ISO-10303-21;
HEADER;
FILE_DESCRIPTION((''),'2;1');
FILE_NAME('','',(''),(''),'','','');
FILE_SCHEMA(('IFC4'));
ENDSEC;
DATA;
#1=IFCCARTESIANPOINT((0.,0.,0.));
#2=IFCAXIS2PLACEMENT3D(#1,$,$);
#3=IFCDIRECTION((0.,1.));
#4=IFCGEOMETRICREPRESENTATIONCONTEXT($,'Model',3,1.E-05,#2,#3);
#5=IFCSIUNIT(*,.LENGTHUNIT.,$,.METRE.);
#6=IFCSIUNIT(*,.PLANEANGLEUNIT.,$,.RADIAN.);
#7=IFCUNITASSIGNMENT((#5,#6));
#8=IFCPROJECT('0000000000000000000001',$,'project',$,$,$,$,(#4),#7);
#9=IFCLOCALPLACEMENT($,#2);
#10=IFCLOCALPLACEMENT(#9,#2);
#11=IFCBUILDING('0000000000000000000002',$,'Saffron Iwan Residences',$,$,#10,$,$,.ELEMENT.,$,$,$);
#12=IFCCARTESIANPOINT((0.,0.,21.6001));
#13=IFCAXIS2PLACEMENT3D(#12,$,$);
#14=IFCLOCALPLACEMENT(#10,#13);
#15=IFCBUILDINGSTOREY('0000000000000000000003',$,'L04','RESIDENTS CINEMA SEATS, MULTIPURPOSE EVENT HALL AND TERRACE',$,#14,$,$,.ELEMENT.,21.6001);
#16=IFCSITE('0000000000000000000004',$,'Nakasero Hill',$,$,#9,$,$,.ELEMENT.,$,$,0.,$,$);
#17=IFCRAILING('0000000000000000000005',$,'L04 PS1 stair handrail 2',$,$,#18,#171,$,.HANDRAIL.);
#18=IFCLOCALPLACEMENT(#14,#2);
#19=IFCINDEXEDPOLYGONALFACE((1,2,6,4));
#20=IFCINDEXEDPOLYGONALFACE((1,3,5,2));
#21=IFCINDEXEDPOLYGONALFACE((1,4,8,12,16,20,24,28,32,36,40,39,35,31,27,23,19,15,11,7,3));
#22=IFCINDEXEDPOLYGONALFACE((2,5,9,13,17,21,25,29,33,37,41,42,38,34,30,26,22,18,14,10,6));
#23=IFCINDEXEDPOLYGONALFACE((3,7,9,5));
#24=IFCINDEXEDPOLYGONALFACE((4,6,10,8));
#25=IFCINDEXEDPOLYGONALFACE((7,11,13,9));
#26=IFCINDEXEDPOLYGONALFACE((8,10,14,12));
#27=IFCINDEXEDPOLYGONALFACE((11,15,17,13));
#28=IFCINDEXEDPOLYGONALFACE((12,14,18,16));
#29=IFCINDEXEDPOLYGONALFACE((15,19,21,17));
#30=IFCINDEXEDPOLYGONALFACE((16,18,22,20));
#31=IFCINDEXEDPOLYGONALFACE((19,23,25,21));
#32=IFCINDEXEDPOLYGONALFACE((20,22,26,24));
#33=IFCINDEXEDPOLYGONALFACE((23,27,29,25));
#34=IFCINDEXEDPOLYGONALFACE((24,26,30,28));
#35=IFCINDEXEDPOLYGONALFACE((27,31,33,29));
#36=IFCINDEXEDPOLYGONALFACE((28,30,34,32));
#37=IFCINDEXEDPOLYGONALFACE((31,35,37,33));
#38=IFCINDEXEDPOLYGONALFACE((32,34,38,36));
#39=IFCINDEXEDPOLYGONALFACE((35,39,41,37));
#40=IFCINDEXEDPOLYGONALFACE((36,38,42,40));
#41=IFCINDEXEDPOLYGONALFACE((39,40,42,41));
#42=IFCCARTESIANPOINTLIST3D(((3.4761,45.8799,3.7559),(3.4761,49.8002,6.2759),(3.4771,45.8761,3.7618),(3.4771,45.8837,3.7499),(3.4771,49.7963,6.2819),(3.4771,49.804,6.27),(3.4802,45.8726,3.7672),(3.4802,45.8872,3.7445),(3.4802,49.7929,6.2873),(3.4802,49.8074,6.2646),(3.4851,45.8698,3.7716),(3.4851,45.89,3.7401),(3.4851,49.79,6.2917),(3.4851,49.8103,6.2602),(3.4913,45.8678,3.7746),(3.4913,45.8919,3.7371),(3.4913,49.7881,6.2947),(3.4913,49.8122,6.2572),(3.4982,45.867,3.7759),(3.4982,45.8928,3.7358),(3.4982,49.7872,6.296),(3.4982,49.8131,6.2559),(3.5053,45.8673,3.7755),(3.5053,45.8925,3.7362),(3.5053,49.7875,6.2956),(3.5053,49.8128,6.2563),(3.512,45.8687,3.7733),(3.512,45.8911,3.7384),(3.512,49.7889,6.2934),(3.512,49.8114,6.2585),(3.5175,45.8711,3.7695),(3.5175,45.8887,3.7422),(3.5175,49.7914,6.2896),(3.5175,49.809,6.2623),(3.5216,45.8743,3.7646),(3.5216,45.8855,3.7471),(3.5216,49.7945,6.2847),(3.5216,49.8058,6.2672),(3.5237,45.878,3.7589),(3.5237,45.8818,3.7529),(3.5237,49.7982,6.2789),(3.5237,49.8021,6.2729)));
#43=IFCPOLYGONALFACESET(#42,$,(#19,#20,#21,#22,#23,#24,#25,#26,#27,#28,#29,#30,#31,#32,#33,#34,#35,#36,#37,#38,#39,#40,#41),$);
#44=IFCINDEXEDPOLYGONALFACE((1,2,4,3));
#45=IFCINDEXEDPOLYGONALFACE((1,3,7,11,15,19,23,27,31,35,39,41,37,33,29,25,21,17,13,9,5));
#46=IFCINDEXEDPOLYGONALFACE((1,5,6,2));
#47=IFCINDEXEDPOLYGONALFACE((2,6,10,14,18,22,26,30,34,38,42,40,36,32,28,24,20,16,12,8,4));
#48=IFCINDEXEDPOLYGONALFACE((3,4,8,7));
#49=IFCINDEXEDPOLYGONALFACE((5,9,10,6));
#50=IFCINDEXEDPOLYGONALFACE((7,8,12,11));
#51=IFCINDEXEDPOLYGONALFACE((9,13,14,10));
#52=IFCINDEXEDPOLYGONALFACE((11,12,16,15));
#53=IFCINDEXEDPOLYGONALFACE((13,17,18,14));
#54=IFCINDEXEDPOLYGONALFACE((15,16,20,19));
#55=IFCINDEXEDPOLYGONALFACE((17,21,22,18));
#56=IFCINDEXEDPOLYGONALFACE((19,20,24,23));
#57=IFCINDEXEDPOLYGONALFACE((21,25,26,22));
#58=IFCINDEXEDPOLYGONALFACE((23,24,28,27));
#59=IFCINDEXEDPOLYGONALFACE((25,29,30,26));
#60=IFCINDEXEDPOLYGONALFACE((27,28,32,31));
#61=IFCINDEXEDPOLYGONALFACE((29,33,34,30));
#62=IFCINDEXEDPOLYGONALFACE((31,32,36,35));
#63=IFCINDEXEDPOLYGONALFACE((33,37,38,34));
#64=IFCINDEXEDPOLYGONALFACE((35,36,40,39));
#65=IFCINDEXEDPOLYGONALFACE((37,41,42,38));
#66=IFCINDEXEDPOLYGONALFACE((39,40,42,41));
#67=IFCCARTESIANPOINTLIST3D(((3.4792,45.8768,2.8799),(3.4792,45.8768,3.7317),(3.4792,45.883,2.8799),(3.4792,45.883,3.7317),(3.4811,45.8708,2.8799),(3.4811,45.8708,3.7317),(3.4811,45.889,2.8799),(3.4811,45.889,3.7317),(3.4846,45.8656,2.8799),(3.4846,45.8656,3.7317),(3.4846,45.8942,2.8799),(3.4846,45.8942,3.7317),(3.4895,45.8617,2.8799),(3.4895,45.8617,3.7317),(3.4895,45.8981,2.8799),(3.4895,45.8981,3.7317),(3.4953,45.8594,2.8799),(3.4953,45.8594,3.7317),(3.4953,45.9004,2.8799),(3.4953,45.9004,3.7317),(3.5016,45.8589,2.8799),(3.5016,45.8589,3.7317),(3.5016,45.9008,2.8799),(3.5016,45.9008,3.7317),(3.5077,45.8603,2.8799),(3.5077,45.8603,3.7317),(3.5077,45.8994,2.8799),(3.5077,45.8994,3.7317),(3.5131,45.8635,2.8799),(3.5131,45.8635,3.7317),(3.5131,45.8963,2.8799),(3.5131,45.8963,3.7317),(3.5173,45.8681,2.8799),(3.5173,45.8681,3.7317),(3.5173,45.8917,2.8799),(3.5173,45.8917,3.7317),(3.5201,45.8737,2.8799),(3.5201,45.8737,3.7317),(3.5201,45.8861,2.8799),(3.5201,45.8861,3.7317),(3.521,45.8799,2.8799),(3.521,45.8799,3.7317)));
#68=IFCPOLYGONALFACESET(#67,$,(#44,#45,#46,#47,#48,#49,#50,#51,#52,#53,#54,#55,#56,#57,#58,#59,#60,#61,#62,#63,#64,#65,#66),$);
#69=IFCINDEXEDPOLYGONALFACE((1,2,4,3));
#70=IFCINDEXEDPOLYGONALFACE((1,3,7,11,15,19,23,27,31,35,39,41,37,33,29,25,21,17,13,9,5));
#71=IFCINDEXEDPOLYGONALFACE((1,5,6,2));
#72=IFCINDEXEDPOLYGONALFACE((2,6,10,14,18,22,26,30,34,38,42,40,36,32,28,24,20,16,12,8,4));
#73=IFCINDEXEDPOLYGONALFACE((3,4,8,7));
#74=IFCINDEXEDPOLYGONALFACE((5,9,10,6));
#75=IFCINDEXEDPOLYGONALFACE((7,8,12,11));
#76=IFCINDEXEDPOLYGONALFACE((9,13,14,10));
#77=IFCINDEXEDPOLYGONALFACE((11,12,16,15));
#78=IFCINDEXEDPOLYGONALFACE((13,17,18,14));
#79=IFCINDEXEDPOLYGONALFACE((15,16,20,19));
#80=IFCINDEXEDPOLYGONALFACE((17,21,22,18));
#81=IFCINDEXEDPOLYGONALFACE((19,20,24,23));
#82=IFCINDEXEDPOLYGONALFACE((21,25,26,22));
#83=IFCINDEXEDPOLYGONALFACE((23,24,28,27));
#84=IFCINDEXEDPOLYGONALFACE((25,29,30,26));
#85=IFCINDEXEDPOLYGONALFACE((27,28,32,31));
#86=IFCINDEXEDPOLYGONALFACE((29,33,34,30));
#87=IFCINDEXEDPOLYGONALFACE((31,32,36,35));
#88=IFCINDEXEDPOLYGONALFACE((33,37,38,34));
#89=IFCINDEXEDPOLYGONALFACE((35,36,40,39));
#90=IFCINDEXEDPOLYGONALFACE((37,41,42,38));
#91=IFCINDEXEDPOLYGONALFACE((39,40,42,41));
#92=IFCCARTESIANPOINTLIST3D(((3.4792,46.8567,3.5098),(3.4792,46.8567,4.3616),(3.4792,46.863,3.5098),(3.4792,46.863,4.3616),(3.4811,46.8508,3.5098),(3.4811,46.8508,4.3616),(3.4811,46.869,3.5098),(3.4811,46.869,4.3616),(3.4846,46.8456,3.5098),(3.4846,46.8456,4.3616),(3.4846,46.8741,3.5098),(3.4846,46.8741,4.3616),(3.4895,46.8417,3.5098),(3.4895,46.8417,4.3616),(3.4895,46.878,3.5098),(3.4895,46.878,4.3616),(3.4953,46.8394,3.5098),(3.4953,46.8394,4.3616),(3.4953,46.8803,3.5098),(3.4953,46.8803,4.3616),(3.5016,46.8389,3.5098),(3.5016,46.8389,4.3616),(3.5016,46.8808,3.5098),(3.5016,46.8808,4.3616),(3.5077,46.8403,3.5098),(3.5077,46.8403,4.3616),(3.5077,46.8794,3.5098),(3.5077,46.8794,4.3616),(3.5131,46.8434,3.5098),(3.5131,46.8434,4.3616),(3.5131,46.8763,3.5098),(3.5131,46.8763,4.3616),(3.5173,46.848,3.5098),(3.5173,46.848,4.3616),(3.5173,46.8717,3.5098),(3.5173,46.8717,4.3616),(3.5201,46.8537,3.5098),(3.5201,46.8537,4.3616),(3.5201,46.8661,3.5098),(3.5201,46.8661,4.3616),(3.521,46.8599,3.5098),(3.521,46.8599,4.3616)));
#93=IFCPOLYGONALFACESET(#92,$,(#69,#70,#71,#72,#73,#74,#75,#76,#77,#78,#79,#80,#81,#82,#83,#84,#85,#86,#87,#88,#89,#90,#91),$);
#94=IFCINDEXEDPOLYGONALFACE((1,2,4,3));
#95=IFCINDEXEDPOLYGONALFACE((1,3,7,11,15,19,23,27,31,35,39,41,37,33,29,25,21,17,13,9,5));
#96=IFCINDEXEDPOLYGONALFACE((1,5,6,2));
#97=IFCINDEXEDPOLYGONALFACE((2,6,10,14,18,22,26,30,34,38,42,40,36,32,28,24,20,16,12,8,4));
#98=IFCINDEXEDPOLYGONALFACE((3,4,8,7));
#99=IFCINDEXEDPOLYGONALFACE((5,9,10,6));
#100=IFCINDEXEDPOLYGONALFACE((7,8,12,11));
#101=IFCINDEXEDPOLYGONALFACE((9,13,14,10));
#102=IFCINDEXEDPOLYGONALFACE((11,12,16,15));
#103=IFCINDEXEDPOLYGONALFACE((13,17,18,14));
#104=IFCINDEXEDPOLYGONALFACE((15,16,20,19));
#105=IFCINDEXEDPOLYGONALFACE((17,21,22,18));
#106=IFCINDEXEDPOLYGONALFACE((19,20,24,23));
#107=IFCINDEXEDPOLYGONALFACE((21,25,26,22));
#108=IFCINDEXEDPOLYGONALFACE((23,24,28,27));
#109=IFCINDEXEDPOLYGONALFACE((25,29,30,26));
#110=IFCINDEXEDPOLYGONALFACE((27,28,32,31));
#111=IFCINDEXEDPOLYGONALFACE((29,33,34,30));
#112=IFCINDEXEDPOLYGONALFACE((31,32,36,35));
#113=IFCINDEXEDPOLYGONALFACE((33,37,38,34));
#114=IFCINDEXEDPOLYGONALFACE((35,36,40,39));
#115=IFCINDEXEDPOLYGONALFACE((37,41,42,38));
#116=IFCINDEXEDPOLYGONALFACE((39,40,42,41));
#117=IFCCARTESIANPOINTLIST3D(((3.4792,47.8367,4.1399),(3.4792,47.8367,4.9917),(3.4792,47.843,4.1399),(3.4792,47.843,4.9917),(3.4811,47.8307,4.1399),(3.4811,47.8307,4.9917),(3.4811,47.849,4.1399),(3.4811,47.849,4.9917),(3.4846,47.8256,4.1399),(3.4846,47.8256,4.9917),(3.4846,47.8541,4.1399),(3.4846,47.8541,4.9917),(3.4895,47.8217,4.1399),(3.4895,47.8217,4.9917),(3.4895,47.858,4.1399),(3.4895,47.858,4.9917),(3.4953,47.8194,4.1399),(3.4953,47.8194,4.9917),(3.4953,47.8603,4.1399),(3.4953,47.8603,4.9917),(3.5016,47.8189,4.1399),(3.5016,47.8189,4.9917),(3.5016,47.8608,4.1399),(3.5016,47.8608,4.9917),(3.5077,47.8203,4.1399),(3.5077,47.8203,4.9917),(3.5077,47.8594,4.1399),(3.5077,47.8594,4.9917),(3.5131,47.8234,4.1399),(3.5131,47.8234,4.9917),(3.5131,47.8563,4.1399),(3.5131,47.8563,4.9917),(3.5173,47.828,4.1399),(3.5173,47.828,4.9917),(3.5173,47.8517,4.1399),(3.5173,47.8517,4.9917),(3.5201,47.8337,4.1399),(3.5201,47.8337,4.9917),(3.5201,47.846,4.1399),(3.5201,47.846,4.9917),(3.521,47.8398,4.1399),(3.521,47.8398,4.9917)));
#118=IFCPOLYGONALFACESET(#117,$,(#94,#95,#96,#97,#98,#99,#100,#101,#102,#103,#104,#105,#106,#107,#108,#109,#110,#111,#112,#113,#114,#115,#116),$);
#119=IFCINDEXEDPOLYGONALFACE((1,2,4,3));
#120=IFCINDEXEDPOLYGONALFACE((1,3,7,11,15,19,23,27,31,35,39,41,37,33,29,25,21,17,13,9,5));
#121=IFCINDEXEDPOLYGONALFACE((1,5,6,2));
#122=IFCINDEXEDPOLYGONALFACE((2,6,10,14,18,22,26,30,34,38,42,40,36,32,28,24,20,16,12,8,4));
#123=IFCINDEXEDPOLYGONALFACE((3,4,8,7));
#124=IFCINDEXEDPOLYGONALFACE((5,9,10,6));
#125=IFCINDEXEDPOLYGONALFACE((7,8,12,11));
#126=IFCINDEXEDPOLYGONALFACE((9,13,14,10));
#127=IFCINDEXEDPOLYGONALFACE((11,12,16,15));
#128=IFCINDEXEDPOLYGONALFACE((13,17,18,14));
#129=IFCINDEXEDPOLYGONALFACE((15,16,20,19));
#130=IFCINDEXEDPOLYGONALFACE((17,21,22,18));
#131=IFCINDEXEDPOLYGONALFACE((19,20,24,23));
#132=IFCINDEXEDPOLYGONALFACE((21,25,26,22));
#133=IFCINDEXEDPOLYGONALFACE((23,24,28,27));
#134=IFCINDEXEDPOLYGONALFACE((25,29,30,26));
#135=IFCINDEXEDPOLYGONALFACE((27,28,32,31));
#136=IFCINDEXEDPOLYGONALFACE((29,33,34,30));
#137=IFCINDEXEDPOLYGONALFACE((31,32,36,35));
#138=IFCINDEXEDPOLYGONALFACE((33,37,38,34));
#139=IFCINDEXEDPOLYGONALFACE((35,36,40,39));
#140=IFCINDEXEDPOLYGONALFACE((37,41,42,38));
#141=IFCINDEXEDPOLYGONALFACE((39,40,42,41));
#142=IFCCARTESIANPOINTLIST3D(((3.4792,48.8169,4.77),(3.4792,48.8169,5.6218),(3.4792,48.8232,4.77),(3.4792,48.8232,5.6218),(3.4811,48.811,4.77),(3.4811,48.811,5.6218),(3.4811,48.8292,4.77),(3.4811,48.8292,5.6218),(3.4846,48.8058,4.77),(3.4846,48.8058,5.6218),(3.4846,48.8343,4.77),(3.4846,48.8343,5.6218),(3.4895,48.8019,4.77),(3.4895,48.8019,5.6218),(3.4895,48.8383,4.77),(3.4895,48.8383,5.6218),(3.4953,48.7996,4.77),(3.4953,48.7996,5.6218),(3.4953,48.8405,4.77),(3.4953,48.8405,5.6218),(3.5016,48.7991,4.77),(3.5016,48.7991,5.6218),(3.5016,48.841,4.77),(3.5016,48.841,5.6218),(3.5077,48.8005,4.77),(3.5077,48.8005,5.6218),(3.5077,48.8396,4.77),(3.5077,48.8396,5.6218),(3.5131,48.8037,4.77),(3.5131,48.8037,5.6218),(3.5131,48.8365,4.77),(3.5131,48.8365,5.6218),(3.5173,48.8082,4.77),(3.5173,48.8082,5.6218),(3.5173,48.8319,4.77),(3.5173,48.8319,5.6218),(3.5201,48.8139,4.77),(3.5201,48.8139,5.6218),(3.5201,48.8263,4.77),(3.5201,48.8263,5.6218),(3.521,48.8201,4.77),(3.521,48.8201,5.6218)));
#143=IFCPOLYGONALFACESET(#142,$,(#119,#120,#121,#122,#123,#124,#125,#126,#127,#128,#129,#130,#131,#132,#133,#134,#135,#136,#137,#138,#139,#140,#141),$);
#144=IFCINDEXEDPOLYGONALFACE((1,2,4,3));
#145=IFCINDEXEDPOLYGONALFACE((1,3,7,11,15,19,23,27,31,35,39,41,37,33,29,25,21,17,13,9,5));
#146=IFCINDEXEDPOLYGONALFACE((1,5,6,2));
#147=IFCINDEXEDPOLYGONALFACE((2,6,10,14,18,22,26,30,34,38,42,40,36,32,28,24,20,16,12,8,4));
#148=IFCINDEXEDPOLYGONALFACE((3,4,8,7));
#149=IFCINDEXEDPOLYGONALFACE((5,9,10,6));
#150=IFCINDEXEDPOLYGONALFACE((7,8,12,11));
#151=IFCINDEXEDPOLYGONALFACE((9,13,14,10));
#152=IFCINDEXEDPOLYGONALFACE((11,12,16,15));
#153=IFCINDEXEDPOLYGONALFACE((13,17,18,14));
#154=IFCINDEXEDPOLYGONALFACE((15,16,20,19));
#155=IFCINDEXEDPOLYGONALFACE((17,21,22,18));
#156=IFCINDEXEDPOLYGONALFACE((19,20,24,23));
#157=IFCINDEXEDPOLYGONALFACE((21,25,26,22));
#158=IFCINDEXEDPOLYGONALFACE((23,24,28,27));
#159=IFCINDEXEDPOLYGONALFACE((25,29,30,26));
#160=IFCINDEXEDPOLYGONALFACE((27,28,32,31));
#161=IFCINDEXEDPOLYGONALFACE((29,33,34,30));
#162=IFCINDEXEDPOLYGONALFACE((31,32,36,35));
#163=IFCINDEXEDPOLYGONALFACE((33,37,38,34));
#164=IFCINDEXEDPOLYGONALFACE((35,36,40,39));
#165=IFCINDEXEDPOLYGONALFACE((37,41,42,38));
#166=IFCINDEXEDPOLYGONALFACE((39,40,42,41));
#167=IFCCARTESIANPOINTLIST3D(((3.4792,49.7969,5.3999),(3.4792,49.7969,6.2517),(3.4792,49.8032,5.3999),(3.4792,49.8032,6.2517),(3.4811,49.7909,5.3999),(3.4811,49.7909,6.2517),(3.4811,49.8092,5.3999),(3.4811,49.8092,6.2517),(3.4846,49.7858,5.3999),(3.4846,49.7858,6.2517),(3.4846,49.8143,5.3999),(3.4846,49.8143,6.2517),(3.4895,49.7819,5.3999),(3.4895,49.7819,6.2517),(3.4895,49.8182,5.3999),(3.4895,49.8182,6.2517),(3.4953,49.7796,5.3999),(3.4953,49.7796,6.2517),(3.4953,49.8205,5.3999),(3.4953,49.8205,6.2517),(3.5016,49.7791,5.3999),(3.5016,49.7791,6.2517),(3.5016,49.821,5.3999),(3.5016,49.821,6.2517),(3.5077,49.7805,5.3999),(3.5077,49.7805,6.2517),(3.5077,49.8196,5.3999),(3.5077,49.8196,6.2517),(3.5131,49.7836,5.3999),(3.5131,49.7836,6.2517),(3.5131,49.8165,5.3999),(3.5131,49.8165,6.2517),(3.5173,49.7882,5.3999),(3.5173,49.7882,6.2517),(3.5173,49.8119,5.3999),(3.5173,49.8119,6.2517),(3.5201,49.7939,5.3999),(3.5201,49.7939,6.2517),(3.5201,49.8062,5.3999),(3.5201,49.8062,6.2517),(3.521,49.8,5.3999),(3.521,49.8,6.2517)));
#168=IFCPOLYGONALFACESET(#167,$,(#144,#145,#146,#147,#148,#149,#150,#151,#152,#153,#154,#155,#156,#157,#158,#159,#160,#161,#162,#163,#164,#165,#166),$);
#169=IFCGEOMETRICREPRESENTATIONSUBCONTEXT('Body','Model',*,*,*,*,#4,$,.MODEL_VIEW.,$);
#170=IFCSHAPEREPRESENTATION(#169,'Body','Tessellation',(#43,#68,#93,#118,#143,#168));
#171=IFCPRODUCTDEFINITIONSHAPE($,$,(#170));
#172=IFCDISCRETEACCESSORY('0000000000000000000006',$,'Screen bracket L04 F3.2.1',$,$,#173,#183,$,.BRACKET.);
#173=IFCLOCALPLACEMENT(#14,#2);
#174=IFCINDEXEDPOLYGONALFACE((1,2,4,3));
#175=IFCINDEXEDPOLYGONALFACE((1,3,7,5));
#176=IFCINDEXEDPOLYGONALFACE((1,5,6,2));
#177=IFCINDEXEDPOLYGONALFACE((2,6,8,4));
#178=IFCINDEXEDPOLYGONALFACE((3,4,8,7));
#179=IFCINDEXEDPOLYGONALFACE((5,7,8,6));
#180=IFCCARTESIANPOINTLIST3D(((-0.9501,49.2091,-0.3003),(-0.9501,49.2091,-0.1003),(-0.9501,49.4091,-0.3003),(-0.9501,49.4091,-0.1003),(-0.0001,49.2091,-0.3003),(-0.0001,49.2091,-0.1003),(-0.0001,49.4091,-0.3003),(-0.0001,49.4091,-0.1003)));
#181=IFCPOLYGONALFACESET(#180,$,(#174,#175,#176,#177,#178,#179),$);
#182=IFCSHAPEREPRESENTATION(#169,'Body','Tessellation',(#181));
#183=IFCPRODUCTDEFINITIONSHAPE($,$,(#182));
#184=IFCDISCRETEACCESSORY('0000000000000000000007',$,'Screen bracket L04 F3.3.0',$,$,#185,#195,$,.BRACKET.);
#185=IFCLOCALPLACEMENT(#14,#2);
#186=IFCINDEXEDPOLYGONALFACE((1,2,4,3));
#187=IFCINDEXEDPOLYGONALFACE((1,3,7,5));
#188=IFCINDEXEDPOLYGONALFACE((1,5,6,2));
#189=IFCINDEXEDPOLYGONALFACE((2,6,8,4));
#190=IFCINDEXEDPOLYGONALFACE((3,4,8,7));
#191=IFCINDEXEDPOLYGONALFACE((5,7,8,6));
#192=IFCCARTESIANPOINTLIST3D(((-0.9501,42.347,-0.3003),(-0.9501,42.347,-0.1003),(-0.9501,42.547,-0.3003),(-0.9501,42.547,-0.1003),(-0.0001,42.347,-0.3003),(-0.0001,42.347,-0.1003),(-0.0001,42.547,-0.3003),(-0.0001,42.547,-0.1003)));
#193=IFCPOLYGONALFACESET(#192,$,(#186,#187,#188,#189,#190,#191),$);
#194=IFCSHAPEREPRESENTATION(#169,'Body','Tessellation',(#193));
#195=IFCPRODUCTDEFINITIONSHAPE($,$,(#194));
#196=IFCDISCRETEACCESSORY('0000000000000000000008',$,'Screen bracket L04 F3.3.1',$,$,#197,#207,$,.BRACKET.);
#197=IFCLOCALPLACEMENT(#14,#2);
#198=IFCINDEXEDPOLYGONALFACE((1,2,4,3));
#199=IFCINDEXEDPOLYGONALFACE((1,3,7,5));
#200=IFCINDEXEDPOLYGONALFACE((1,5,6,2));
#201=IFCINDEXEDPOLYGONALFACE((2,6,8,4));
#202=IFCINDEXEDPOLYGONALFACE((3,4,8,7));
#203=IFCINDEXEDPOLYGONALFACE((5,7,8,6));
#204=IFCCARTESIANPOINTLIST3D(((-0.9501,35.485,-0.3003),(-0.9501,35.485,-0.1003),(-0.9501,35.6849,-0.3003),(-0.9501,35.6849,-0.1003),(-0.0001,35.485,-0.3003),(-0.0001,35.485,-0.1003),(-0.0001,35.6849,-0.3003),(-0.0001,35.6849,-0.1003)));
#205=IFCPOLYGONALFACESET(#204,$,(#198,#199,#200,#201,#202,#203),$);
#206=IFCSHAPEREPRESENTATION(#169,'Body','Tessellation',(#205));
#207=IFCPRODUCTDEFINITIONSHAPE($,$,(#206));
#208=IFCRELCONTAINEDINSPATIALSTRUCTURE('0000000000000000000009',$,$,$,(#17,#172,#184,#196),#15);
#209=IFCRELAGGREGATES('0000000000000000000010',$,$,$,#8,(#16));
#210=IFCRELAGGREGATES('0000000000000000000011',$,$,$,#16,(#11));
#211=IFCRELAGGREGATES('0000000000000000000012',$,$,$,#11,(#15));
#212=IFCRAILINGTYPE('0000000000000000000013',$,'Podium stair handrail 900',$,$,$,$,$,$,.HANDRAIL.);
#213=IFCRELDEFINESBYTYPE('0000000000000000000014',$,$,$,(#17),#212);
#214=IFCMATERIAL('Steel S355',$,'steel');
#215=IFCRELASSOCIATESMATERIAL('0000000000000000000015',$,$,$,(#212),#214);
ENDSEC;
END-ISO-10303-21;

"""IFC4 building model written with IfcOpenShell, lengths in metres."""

from ifc_helpers import new_model, si_unit, direction, frame, origin, origin_2d, place, context, subcontext, project, spatial, rectangle, circle, extrude, source, transform, mapped, material, type_object, element, save


model = new_model("IFC4")

# Units and contexts
model_context = context("Model", 3, precision=1e-05, world=origin(), true_north=direction((0.0, 1.0)))
body_context = subcontext(model_context, "Body", "Model", "MODEL_VIEW")
ifc_project = project(units=[si_unit("LENGTHUNIT", "METRE"), si_unit("PLANEANGLEUNIT", "RADIAN")], contexts=[model_context])

# Site, building, storey
site_placement = place(None, origin())
site = spatial("IfcSite", under=ifc_project, at=site_placement, Name="Nakasero Hill", CompositionType="ELEMENT", RefElevation=0.0)
building_placement = place(site_placement, origin())
building = spatial("IfcBuilding", under=site, at=building_placement, Name="Saffron Iwan Residences", CompositionType="ELEMENT")
storey_placement = place(building_placement, frame((0.0, 0.0, 21.6001)))
storey = spatial("IfcBuildingStorey", under=building, at=storey_placement, Name="L04", Description="RESIDENTS CINEMA SEATS, MULTIPURPOSE EVENT HALL AND TERRACE", CompositionType="ELEMENT", Elevation=21.6001)

# Railing
ifc_material_1 = material(Name="Steel S355", Category="steel")
railing_type_1 = type_object("IfcRailingType", Name="Podium stair handrail 900", PredefinedType="HANDRAIL", material=ifc_material_1)
railing_1_placement = place(storey_placement, frame((3.5, 45.8799, 2.8799)))
element("IfcRailing", 1, at=railing_1_placement, inside=storey, type_object=railing_type_1, Name="L04 PS1 stair handrail 2", PredefinedType="HANDRAIL", context=body_context, shape_type="SweptSolid", body=[
    extrude(circle(Radius=0.0239, at=origin_2d()), frame((0.0, 0.0, 0.876), z_axis=(0.0, 0.841187, 0.540744), x_axis=(-1.0, 0.0, 0.0)), (0.0, 0.0, 1.0), 4.6604),
    extrude(circle(Radius=0.021, at=origin_2d()), origin(), (0.0, 0.0, 1.0), 0.8518),
    extrude(circle(Radius=0.021, at=origin_2d()), frame((0.0, 0.98, 0.6299)), (0.0, 0.0, 1.0), 0.8518),
    extrude(circle(Radius=0.021, at=origin_2d()), frame((0.0, 1.96, 1.26)), (0.0, 0.0, 1.0), 0.8518),
    extrude(circle(Radius=0.021, at=origin_2d()), frame((0.0, 2.9402, 1.8901)), (0.0, 0.0, 1.0), 0.8518),
    extrude(circle(Radius=0.021, at=origin_2d()), frame((0.0, 3.9202, 2.52)), (0.0, 0.0, 1.0), 0.8518),
])

# Discrete accessories
shared_shape_1 = source(origin(), body_context, "Body", "SweptSolid", [
    extrude(rectangle(XDim=0.95, YDim=0.2, at=origin_2d()), origin(), (0.0, 0.0, 1.0), 0.2),
])
for number, where, z_axis, x_axis, name in (
    (2, (-0.4751, 49.3091, -0.3003), (0.0, 0.0, 1.0), (-1.0, 0.0, 0.0), "Screen bracket L04 F3.2.1"),
    (3, (-0.4751, 42.447, -0.3003), (0.0, 0.0, 1.0), (-1.0, 0.0, 0.0), "Screen bracket L04 F3.3.0"),
    (4, (-0.4751, 35.585, -0.3003), (0.0, 0.0, 1.0), (-1.0, 0.0, 0.0), "Screen bracket L04 F3.3.1"),
):
    element("IfcDiscreteAccessory", number, at=place(storey_placement, frame(where, z_axis=z_axis, x_axis=x_axis)), inside=storey, Name=name, PredefinedType="BRACKET", context=body_context, shape_type="MappedRepresentation", body=[
        mapped(shared_shape_1, transform((0.0, 0.0, 0.0))),
    ])

save(model, "model.ifc")
